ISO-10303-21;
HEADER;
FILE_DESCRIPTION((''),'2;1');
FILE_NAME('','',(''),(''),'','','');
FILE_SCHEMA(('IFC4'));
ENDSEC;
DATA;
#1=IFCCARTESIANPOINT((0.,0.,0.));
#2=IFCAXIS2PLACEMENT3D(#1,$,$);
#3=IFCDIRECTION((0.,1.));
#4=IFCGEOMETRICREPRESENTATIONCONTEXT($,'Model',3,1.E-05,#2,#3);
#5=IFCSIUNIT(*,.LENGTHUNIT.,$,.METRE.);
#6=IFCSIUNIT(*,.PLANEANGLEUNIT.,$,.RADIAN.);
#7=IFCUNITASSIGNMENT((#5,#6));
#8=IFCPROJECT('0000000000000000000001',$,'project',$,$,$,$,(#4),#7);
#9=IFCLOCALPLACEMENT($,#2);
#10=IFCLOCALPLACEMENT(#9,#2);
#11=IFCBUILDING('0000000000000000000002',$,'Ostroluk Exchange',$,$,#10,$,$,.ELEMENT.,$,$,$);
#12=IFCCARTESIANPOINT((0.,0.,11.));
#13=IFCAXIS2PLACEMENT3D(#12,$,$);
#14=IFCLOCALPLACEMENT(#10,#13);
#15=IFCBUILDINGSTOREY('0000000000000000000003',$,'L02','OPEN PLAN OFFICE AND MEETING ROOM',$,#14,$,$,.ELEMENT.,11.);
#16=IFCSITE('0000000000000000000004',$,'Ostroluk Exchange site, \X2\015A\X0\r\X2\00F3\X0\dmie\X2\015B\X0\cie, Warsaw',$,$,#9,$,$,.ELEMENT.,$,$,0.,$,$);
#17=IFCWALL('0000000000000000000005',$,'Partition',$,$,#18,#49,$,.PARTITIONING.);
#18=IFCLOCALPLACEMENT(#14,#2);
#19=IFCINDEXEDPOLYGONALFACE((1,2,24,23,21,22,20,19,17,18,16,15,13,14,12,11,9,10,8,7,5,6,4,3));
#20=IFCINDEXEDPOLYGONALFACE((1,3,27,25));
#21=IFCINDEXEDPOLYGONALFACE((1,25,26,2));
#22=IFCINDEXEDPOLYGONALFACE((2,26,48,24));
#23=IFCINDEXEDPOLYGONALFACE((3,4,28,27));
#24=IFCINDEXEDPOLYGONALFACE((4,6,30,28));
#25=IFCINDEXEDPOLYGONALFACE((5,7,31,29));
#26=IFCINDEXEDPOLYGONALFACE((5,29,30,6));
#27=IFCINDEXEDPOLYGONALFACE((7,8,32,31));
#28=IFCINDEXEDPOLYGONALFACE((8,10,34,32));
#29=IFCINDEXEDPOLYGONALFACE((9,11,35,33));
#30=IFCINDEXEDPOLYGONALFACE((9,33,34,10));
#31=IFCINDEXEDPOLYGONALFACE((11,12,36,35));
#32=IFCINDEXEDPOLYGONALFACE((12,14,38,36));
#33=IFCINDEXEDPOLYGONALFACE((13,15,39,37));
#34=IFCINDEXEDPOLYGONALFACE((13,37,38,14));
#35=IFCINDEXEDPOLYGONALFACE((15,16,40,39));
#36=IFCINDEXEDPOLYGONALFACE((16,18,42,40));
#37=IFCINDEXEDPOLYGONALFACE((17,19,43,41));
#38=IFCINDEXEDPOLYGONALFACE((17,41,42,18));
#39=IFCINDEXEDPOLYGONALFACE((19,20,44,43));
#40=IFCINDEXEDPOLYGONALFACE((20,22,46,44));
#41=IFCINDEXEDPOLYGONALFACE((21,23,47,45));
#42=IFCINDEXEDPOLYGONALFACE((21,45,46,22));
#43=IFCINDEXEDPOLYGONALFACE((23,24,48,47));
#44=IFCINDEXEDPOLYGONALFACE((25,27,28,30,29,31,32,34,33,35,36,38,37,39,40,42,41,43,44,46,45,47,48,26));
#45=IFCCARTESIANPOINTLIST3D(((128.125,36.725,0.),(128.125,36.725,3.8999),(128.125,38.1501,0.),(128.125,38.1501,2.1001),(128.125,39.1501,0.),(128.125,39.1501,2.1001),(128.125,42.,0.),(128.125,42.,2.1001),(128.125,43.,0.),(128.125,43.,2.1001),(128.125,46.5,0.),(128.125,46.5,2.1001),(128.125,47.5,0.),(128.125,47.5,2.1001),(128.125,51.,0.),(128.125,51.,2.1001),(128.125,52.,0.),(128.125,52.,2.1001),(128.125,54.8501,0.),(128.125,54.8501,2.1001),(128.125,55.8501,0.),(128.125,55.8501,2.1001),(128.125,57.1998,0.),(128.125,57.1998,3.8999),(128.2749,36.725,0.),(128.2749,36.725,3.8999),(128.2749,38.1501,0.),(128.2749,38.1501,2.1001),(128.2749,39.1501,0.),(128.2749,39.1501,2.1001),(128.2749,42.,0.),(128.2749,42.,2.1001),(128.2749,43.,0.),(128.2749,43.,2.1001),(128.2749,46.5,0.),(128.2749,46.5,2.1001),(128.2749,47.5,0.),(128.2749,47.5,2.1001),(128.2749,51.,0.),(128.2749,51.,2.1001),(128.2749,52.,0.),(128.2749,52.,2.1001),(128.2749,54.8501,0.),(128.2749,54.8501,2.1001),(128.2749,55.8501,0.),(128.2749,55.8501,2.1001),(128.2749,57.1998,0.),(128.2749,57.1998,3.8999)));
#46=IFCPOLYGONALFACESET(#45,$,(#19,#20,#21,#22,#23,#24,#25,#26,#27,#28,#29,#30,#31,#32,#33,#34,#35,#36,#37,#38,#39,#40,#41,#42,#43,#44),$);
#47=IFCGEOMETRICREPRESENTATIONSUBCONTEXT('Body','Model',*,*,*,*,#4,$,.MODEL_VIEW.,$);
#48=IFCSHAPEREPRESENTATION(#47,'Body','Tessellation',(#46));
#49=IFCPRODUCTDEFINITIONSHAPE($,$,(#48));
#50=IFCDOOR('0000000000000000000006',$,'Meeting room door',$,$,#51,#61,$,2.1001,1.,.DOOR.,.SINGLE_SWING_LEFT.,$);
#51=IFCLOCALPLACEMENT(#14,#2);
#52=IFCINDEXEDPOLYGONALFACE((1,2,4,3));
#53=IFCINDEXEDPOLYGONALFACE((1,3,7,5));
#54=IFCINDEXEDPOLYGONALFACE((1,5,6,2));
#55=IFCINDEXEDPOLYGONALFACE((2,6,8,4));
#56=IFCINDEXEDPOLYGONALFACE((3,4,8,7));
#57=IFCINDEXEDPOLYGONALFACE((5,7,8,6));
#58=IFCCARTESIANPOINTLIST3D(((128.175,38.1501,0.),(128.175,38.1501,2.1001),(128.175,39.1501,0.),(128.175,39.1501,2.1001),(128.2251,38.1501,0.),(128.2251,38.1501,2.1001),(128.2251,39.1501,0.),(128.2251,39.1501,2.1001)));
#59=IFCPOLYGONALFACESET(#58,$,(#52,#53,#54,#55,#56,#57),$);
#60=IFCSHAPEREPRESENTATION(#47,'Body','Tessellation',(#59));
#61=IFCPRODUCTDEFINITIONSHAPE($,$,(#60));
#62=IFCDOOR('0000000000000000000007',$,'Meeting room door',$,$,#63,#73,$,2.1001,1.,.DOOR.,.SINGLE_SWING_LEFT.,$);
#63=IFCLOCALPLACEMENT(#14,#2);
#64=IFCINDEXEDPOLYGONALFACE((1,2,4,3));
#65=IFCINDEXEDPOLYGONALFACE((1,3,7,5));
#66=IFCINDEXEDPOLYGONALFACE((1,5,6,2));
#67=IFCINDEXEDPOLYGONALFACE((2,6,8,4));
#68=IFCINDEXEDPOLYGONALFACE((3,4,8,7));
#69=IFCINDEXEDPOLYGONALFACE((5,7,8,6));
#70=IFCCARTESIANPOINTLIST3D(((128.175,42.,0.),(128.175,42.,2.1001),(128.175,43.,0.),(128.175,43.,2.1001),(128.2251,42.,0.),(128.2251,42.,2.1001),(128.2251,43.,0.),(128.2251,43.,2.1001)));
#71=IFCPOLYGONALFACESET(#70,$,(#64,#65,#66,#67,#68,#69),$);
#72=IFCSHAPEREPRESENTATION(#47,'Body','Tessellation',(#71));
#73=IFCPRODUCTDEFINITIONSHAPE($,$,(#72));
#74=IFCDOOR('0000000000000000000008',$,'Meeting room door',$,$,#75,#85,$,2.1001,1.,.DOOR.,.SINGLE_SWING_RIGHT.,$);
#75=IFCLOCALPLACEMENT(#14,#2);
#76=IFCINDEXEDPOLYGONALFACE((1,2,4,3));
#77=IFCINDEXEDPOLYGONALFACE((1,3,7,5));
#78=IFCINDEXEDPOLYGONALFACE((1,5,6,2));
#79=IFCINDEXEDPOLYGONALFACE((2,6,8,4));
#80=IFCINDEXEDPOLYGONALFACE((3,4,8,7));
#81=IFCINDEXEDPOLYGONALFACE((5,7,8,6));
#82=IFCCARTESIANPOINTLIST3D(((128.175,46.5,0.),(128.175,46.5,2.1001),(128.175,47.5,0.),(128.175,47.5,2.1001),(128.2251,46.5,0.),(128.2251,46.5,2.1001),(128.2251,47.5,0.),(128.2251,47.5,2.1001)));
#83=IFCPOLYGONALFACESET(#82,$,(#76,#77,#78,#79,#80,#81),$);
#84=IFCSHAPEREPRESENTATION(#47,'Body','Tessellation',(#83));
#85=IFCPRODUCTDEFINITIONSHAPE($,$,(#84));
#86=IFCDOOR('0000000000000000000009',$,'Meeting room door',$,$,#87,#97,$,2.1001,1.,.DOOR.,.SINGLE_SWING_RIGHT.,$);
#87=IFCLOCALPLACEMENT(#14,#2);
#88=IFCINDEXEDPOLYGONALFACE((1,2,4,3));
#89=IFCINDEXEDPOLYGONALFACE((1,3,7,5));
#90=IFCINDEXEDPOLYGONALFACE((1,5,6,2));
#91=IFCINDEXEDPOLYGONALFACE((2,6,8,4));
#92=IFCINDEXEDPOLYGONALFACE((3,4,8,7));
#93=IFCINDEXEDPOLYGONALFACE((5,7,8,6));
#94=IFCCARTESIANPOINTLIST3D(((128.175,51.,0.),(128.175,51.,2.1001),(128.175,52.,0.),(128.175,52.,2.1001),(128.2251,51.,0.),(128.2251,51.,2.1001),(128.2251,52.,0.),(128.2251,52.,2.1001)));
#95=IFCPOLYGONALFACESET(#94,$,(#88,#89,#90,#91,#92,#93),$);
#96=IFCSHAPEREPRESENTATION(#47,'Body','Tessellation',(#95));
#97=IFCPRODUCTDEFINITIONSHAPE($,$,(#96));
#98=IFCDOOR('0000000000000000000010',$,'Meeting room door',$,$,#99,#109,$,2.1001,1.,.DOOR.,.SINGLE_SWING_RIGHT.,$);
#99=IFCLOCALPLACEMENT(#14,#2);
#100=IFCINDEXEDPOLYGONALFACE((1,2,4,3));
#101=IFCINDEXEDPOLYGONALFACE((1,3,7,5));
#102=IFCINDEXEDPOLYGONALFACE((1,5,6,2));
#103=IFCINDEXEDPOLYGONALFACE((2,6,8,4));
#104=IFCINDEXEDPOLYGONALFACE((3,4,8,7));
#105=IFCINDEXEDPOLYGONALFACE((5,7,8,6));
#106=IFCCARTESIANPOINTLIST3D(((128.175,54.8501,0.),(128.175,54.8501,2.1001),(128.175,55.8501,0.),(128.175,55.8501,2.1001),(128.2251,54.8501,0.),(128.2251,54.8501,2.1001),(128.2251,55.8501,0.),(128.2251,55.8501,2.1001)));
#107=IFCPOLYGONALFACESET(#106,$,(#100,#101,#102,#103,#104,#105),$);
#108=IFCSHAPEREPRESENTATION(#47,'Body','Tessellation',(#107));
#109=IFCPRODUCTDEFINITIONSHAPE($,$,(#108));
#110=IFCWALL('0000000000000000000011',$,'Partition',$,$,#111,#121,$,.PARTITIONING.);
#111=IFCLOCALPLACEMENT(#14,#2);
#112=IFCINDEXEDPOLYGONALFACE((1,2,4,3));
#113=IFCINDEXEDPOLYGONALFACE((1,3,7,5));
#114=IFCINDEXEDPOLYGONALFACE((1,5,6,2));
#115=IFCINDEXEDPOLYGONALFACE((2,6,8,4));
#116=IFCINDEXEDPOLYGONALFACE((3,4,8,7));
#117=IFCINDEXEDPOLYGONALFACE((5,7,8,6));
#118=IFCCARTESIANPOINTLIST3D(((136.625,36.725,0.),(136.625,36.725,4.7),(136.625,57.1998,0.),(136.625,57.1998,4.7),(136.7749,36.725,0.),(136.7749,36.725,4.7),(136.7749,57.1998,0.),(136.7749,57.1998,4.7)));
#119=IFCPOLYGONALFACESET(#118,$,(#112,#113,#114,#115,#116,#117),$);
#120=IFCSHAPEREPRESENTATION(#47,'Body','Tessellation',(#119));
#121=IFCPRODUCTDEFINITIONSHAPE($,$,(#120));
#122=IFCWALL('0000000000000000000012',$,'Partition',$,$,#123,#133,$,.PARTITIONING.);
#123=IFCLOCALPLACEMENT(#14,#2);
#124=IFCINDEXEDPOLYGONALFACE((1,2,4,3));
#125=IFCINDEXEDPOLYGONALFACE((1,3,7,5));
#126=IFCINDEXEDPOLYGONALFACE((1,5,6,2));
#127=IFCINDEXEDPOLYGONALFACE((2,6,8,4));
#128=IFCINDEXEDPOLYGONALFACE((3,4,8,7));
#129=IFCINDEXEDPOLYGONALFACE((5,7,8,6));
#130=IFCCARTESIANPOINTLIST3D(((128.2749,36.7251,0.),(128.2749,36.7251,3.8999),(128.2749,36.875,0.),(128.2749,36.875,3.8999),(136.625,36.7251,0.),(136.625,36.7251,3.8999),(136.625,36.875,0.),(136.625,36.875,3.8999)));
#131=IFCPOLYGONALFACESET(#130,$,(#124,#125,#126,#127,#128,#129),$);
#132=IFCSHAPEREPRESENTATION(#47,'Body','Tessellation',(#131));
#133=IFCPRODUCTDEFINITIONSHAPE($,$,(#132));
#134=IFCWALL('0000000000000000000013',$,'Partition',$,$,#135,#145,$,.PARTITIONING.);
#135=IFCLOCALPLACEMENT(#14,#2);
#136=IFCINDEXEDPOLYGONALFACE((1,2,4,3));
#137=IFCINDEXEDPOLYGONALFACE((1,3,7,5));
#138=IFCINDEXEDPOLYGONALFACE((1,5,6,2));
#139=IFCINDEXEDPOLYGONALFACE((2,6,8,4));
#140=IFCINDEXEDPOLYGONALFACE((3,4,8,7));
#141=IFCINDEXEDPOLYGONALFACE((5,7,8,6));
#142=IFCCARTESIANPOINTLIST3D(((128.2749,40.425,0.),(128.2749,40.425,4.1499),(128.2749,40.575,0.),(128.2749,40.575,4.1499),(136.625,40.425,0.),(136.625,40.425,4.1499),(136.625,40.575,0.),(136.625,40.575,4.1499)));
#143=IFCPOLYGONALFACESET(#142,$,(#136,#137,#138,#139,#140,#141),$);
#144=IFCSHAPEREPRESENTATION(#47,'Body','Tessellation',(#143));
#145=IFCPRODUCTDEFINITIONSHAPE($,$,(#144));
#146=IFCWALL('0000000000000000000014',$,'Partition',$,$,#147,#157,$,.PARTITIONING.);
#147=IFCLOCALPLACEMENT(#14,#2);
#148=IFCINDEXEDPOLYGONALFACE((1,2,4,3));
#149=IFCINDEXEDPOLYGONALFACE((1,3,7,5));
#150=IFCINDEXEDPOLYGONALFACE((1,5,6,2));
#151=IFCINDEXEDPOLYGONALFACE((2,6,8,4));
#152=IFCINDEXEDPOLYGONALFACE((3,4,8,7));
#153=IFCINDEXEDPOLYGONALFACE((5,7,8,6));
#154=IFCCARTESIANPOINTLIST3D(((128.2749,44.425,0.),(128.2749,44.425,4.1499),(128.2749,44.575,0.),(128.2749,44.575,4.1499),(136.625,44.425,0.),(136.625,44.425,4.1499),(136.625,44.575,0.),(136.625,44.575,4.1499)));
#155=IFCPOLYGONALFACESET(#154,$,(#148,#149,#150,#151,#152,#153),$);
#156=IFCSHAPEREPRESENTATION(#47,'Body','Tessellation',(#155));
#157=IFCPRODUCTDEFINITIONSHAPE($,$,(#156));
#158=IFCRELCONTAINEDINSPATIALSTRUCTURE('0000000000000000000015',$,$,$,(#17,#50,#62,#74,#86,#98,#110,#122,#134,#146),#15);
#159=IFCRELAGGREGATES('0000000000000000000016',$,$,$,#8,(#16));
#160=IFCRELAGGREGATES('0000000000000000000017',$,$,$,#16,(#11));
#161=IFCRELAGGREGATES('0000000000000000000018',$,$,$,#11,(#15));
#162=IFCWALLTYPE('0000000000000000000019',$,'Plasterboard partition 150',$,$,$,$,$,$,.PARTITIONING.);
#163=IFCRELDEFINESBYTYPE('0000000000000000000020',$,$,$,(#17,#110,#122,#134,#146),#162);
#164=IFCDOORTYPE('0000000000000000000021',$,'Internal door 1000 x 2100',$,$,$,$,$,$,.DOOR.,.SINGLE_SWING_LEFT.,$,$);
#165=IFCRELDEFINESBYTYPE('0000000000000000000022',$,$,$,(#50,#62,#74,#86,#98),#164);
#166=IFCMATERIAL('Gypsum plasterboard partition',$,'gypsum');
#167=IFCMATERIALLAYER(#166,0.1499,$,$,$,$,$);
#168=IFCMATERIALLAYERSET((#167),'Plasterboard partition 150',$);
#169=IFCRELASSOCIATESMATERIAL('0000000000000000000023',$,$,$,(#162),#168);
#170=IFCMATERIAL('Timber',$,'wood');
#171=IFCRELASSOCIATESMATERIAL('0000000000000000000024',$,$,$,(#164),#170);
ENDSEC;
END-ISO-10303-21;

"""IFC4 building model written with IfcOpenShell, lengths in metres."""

from ifc_helpers import new_model, si_unit, direction, frame, frame_2d, origin, place, context, subcontext, project, spatial, rectangle, extrude, material, layer, layer_set, type_object, element, fill, save


model = new_model("IFC4")

# Units and contexts
model_context = context("Model", 3, precision=1e-05, world=origin(), true_north=direction((0.0, 1.0)))
body_context = subcontext(model_context, "Body", "Model", "MODEL_VIEW")
ifc_project = project(units=[si_unit("LENGTHUNIT", "METRE"), si_unit("PLANEANGLEUNIT", "RADIAN")], contexts=[model_context])

# Site, building, storey
site_placement = place(None, origin())
site = spatial("IfcSite", under=ifc_project, at=site_placement, Name="Ostroluk Exchange site, Śródmieście, Warsaw", CompositionType="ELEMENT", RefElevation=0.0)
building_placement = place(site_placement, origin())
building = spatial("IfcBuilding", under=site, at=building_placement, Name="Ostroluk Exchange", CompositionType="ELEMENT")
storey_placement = place(building_placement, frame((0.0, 0.0, 11.0)))
storey = spatial("IfcBuildingStorey", under=building, at=storey_placement, Name="L02", Description="OPEN PLAN OFFICE AND MEETING ROOM", CompositionType="ELEMENT", Elevation=11.0)

# Wall, openings, doors
ifc_material_1 = material(Name="Gypsum plasterboard partition", Category="gypsum")
ifc_layer_1 = layer(ifc_material_1, 0.1499)
ifc_layer_set_1 = layer_set([ifc_layer_1], Name="Plasterboard partition 150")
wall_type_1 = type_object("IfcWallType", Name="Plasterboard partition 150", PredefinedType="PARTITIONING", material=ifc_layer_set_1)
wall_1_placement = place(storey_placement, frame((128.2, 36.7251, 0.0), z_axis=(0.0, 0.0, 1.0), x_axis=(0.0, 1.0, 0.0)))
wall_1 = element("IfcWall", 1, at=wall_1_placement, inside=storey, type_object=wall_type_1, Name="Partition", PredefinedType="PARTITIONING", context=body_context, shape_type="SweptSolid", body=[
    extrude(rectangle(XDim=20.4749, YDim=0.1499, at=frame_2d((10.2373, 0.0))), origin(), (0.0, 0.0, 1.0), 3.8999),
])
opening_1_placement = place(wall_1_placement, frame((1.425, 0.0, 0.0)))
opening_1 = element("IfcOpeningElement", 2, at=opening_1_placement, cuts=wall_1, PredefinedType="OPENING", context=body_context, shape_type="SweptSolid", body=[
    extrude(rectangle(XDim=1.0, YDim=2.1001, at=frame_2d((0.5, 1.05))), frame((0.0, 0.085, 0.0), z_axis=(0.0, -1.0, 0.0), x_axis=(1.0, 0.0, 0.0)), (0.0, 0.0, 1.0), 0.1699),
])
opening_2_placement = place(wall_1_placement, frame((5.2749, 0.0, 0.0)))
opening_2 = element("IfcOpeningElement", 3, at=opening_2_placement, cuts=wall_1, PredefinedType="OPENING", context=body_context, shape_type="SweptSolid", body=[
    extrude(rectangle(XDim=1.0, YDim=2.1001, at=frame_2d((0.5, 1.05))), frame((0.0, 0.085, 0.0), z_axis=(0.0, -1.0, 0.0), x_axis=(1.0, 0.0, 0.0)), (0.0, 0.0, 1.0), 0.1699),
])
opening_3_placement = place(wall_1_placement, frame((9.7749, 0.0, 0.0)))
opening_3 = element("IfcOpeningElement", 4, at=opening_3_placement, cuts=wall_1, PredefinedType="OPENING", context=body_context, shape_type="SweptSolid", body=[
    extrude(rectangle(XDim=1.0, YDim=2.1001, at=frame_2d((0.5, 1.05))), frame((0.0, 0.085, 0.0), z_axis=(0.0, -1.0, 0.0), x_axis=(1.0, 0.0, 0.0)), (0.0, 0.0, 1.0), 0.1699),
])
opening_4_placement = place(wall_1_placement, frame((14.2749, 0.0, 0.0)))
opening_4 = element("IfcOpeningElement", 5, at=opening_4_placement, cuts=wall_1, PredefinedType="OPENING", context=body_context, shape_type="SweptSolid", body=[
    extrude(rectangle(XDim=1.0, YDim=2.1001, at=frame_2d((0.5, 1.05))), frame((0.0, 0.085, 0.0), z_axis=(0.0, -1.0, 0.0), x_axis=(1.0, 0.0, 0.0)), (0.0, 0.0, 1.0), 0.1699),
])
opening_5_placement = place(wall_1_placement, frame((18.125, 0.0, 0.0)))
opening_5 = element("IfcOpeningElement", 6, at=opening_5_placement, cuts=wall_1, PredefinedType="OPENING", context=body_context, shape_type="SweptSolid", body=[
    extrude(rectangle(XDim=1.0, YDim=2.1001, at=frame_2d((0.5, 1.05))), frame((0.0, 0.085, 0.0), z_axis=(0.0, -1.0, 0.0), x_axis=(1.0, 0.0, 0.0)), (0.0, 0.0, 1.0), 0.1699),
])
ifc_material_2 = material(Name="Timber", Category="wood")
door_type_1 = type_object("IfcDoorType", Name="Internal door 1000 x 2100", OperationType="SINGLE_SWING_LEFT", PredefinedType="DOOR", material=ifc_material_2)
door_1_placement = place(opening_1_placement, origin())
door_1 = element("IfcDoor", 7, at=door_1_placement, inside=storey, type_object=door_type_1, Name="Meeting room door", OperationType="SINGLE_SWING_LEFT", OverallHeight=2.1001, OverallWidth=1.0, PredefinedType="DOOR", context=body_context, shape_type="SweptSolid", body=[
    extrude(rectangle(XDim=1.0, YDim=2.1001, at=frame_2d((0.5, 1.05))), frame((0.0, 0.0249, 0.0), z_axis=(0.0, -1.0, 0.0), x_axis=(1.0, 0.0, 0.0)), (0.0, 0.0, 1.0), 0.05),
])
fill(opening_1, door_1)
door_2_placement = place(opening_2_placement, origin())
door_2 = element("IfcDoor", 8, at=door_2_placement, inside=storey, type_object=door_type_1, Name="Meeting room door", OperationType="SINGLE_SWING_LEFT", OverallHeight=2.1001, OverallWidth=1.0, PredefinedType="DOOR", context=body_context, shape_type="SweptSolid", body=[
    extrude(rectangle(XDim=1.0, YDim=2.1001, at=frame_2d((0.5, 1.05))), frame((0.0, 0.0249, 0.0), z_axis=(0.0, -1.0, 0.0), x_axis=(1.0, 0.0, 0.0)), (0.0, 0.0, 1.0), 0.05),
])
fill(opening_2, door_2)
door_3_placement = place(opening_3_placement, origin())
door_3 = element("IfcDoor", 9, at=door_3_placement, inside=storey, type_object=door_type_1, Name="Meeting room door", OperationType="SINGLE_SWING_RIGHT", OverallHeight=2.1001, OverallWidth=1.0, PredefinedType="DOOR", context=body_context, shape_type="SweptSolid", body=[
    extrude(rectangle(XDim=1.0, YDim=2.1001, at=frame_2d((0.5, 1.05))), frame((0.0, 0.0249, 0.0), z_axis=(0.0, -1.0, 0.0), x_axis=(1.0, 0.0, 0.0)), (0.0, 0.0, 1.0), 0.05),
])
fill(opening_3, door_3)
door_4_placement = place(opening_4_placement, origin())
door_4 = element("IfcDoor", 10, at=door_4_placement, inside=storey, type_object=door_type_1, Name="Meeting room door", OperationType="SINGLE_SWING_RIGHT", OverallHeight=2.1001, OverallWidth=1.0, PredefinedType="DOOR", context=body_context, shape_type="SweptSolid", body=[
    extrude(rectangle(XDim=1.0, YDim=2.1001, at=frame_2d((0.5, 1.05))), frame((0.0, 0.0249, 0.0), z_axis=(0.0, -1.0, 0.0), x_axis=(1.0, 0.0, 0.0)), (0.0, 0.0, 1.0), 0.05),
])
fill(opening_4, door_4)
door_5_placement = place(opening_5_placement, origin())
door_5 = element("IfcDoor", 11, at=door_5_placement, inside=storey, type_object=door_type_1, Name="Meeting room door", OperationType="SINGLE_SWING_RIGHT", OverallHeight=2.1001, OverallWidth=1.0, PredefinedType="DOOR", context=body_context, shape_type="SweptSolid", body=[
    extrude(rectangle(XDim=1.0, YDim=2.1001, at=frame_2d((0.5, 1.05))), frame((0.0, 0.0249, 0.0), z_axis=(0.0, -1.0, 0.0), x_axis=(1.0, 0.0, 0.0)), (0.0, 0.0, 1.0), 0.05),
])
fill(opening_5, door_5)

# Walls
wall_2_placement = place(storey_placement, frame((136.7, 36.7251, 0.0), z_axis=(0.0, 0.0, 1.0), x_axis=(0.0, 1.0, 0.0)))
element("IfcWall", 12, at=wall_2_placement, inside=storey, type_object=wall_type_1, Name="Partition", PredefinedType="PARTITIONING", context=body_context, shape_type="SweptSolid", body=[
    extrude(rectangle(XDim=20.4749, YDim=0.1499, at=frame_2d((10.2373, 0.0))), origin(), (0.0, 0.0, 1.0), 4.7),
])
wall_3_placement = place(storey_placement, frame((128.2749, 36.8, 0.0), z_axis=(0.0, 0.0, 1.0), x_axis=(1.0, 0.0, 0.0)))
element("IfcWall", 13, at=wall_3_placement, inside=storey, type_object=wall_type_1, Name="Partition", PredefinedType="PARTITIONING", context=body_context, shape_type="SweptSolid", body=[
    extrude(rectangle(XDim=8.3501, YDim=0.1499, at=frame_2d((4.175, 0.0))), origin(), (0.0, 0.0, 1.0), 3.8999),
])
for number, where, z_axis, x_axis, name in (
    (14, (128.2749, 40.5, 0.0), (0.0, 0.0, 1.0), (1.0, 0.0, 0.0), "Partition"),
    (15, (128.2749, 44.5, 0.0), (0.0, 0.0, 1.0), (1.0, 0.0, 0.0), "Partition"),
):
    element("IfcWall", number, at=place(storey_placement, frame(where, z_axis=z_axis, x_axis=x_axis)), inside=storey, type_object=wall_type_1, Name=name, PredefinedType="PARTITIONING", context=body_context, shape_type="SweptSolid", body=[
        extrude(rectangle(XDim=8.3501, YDim=0.1499, at=frame_2d((4.175, 0.0))), origin(), (0.0, 0.0, 1.0), 4.1499),
    ])

save(model, "model.ifc")
